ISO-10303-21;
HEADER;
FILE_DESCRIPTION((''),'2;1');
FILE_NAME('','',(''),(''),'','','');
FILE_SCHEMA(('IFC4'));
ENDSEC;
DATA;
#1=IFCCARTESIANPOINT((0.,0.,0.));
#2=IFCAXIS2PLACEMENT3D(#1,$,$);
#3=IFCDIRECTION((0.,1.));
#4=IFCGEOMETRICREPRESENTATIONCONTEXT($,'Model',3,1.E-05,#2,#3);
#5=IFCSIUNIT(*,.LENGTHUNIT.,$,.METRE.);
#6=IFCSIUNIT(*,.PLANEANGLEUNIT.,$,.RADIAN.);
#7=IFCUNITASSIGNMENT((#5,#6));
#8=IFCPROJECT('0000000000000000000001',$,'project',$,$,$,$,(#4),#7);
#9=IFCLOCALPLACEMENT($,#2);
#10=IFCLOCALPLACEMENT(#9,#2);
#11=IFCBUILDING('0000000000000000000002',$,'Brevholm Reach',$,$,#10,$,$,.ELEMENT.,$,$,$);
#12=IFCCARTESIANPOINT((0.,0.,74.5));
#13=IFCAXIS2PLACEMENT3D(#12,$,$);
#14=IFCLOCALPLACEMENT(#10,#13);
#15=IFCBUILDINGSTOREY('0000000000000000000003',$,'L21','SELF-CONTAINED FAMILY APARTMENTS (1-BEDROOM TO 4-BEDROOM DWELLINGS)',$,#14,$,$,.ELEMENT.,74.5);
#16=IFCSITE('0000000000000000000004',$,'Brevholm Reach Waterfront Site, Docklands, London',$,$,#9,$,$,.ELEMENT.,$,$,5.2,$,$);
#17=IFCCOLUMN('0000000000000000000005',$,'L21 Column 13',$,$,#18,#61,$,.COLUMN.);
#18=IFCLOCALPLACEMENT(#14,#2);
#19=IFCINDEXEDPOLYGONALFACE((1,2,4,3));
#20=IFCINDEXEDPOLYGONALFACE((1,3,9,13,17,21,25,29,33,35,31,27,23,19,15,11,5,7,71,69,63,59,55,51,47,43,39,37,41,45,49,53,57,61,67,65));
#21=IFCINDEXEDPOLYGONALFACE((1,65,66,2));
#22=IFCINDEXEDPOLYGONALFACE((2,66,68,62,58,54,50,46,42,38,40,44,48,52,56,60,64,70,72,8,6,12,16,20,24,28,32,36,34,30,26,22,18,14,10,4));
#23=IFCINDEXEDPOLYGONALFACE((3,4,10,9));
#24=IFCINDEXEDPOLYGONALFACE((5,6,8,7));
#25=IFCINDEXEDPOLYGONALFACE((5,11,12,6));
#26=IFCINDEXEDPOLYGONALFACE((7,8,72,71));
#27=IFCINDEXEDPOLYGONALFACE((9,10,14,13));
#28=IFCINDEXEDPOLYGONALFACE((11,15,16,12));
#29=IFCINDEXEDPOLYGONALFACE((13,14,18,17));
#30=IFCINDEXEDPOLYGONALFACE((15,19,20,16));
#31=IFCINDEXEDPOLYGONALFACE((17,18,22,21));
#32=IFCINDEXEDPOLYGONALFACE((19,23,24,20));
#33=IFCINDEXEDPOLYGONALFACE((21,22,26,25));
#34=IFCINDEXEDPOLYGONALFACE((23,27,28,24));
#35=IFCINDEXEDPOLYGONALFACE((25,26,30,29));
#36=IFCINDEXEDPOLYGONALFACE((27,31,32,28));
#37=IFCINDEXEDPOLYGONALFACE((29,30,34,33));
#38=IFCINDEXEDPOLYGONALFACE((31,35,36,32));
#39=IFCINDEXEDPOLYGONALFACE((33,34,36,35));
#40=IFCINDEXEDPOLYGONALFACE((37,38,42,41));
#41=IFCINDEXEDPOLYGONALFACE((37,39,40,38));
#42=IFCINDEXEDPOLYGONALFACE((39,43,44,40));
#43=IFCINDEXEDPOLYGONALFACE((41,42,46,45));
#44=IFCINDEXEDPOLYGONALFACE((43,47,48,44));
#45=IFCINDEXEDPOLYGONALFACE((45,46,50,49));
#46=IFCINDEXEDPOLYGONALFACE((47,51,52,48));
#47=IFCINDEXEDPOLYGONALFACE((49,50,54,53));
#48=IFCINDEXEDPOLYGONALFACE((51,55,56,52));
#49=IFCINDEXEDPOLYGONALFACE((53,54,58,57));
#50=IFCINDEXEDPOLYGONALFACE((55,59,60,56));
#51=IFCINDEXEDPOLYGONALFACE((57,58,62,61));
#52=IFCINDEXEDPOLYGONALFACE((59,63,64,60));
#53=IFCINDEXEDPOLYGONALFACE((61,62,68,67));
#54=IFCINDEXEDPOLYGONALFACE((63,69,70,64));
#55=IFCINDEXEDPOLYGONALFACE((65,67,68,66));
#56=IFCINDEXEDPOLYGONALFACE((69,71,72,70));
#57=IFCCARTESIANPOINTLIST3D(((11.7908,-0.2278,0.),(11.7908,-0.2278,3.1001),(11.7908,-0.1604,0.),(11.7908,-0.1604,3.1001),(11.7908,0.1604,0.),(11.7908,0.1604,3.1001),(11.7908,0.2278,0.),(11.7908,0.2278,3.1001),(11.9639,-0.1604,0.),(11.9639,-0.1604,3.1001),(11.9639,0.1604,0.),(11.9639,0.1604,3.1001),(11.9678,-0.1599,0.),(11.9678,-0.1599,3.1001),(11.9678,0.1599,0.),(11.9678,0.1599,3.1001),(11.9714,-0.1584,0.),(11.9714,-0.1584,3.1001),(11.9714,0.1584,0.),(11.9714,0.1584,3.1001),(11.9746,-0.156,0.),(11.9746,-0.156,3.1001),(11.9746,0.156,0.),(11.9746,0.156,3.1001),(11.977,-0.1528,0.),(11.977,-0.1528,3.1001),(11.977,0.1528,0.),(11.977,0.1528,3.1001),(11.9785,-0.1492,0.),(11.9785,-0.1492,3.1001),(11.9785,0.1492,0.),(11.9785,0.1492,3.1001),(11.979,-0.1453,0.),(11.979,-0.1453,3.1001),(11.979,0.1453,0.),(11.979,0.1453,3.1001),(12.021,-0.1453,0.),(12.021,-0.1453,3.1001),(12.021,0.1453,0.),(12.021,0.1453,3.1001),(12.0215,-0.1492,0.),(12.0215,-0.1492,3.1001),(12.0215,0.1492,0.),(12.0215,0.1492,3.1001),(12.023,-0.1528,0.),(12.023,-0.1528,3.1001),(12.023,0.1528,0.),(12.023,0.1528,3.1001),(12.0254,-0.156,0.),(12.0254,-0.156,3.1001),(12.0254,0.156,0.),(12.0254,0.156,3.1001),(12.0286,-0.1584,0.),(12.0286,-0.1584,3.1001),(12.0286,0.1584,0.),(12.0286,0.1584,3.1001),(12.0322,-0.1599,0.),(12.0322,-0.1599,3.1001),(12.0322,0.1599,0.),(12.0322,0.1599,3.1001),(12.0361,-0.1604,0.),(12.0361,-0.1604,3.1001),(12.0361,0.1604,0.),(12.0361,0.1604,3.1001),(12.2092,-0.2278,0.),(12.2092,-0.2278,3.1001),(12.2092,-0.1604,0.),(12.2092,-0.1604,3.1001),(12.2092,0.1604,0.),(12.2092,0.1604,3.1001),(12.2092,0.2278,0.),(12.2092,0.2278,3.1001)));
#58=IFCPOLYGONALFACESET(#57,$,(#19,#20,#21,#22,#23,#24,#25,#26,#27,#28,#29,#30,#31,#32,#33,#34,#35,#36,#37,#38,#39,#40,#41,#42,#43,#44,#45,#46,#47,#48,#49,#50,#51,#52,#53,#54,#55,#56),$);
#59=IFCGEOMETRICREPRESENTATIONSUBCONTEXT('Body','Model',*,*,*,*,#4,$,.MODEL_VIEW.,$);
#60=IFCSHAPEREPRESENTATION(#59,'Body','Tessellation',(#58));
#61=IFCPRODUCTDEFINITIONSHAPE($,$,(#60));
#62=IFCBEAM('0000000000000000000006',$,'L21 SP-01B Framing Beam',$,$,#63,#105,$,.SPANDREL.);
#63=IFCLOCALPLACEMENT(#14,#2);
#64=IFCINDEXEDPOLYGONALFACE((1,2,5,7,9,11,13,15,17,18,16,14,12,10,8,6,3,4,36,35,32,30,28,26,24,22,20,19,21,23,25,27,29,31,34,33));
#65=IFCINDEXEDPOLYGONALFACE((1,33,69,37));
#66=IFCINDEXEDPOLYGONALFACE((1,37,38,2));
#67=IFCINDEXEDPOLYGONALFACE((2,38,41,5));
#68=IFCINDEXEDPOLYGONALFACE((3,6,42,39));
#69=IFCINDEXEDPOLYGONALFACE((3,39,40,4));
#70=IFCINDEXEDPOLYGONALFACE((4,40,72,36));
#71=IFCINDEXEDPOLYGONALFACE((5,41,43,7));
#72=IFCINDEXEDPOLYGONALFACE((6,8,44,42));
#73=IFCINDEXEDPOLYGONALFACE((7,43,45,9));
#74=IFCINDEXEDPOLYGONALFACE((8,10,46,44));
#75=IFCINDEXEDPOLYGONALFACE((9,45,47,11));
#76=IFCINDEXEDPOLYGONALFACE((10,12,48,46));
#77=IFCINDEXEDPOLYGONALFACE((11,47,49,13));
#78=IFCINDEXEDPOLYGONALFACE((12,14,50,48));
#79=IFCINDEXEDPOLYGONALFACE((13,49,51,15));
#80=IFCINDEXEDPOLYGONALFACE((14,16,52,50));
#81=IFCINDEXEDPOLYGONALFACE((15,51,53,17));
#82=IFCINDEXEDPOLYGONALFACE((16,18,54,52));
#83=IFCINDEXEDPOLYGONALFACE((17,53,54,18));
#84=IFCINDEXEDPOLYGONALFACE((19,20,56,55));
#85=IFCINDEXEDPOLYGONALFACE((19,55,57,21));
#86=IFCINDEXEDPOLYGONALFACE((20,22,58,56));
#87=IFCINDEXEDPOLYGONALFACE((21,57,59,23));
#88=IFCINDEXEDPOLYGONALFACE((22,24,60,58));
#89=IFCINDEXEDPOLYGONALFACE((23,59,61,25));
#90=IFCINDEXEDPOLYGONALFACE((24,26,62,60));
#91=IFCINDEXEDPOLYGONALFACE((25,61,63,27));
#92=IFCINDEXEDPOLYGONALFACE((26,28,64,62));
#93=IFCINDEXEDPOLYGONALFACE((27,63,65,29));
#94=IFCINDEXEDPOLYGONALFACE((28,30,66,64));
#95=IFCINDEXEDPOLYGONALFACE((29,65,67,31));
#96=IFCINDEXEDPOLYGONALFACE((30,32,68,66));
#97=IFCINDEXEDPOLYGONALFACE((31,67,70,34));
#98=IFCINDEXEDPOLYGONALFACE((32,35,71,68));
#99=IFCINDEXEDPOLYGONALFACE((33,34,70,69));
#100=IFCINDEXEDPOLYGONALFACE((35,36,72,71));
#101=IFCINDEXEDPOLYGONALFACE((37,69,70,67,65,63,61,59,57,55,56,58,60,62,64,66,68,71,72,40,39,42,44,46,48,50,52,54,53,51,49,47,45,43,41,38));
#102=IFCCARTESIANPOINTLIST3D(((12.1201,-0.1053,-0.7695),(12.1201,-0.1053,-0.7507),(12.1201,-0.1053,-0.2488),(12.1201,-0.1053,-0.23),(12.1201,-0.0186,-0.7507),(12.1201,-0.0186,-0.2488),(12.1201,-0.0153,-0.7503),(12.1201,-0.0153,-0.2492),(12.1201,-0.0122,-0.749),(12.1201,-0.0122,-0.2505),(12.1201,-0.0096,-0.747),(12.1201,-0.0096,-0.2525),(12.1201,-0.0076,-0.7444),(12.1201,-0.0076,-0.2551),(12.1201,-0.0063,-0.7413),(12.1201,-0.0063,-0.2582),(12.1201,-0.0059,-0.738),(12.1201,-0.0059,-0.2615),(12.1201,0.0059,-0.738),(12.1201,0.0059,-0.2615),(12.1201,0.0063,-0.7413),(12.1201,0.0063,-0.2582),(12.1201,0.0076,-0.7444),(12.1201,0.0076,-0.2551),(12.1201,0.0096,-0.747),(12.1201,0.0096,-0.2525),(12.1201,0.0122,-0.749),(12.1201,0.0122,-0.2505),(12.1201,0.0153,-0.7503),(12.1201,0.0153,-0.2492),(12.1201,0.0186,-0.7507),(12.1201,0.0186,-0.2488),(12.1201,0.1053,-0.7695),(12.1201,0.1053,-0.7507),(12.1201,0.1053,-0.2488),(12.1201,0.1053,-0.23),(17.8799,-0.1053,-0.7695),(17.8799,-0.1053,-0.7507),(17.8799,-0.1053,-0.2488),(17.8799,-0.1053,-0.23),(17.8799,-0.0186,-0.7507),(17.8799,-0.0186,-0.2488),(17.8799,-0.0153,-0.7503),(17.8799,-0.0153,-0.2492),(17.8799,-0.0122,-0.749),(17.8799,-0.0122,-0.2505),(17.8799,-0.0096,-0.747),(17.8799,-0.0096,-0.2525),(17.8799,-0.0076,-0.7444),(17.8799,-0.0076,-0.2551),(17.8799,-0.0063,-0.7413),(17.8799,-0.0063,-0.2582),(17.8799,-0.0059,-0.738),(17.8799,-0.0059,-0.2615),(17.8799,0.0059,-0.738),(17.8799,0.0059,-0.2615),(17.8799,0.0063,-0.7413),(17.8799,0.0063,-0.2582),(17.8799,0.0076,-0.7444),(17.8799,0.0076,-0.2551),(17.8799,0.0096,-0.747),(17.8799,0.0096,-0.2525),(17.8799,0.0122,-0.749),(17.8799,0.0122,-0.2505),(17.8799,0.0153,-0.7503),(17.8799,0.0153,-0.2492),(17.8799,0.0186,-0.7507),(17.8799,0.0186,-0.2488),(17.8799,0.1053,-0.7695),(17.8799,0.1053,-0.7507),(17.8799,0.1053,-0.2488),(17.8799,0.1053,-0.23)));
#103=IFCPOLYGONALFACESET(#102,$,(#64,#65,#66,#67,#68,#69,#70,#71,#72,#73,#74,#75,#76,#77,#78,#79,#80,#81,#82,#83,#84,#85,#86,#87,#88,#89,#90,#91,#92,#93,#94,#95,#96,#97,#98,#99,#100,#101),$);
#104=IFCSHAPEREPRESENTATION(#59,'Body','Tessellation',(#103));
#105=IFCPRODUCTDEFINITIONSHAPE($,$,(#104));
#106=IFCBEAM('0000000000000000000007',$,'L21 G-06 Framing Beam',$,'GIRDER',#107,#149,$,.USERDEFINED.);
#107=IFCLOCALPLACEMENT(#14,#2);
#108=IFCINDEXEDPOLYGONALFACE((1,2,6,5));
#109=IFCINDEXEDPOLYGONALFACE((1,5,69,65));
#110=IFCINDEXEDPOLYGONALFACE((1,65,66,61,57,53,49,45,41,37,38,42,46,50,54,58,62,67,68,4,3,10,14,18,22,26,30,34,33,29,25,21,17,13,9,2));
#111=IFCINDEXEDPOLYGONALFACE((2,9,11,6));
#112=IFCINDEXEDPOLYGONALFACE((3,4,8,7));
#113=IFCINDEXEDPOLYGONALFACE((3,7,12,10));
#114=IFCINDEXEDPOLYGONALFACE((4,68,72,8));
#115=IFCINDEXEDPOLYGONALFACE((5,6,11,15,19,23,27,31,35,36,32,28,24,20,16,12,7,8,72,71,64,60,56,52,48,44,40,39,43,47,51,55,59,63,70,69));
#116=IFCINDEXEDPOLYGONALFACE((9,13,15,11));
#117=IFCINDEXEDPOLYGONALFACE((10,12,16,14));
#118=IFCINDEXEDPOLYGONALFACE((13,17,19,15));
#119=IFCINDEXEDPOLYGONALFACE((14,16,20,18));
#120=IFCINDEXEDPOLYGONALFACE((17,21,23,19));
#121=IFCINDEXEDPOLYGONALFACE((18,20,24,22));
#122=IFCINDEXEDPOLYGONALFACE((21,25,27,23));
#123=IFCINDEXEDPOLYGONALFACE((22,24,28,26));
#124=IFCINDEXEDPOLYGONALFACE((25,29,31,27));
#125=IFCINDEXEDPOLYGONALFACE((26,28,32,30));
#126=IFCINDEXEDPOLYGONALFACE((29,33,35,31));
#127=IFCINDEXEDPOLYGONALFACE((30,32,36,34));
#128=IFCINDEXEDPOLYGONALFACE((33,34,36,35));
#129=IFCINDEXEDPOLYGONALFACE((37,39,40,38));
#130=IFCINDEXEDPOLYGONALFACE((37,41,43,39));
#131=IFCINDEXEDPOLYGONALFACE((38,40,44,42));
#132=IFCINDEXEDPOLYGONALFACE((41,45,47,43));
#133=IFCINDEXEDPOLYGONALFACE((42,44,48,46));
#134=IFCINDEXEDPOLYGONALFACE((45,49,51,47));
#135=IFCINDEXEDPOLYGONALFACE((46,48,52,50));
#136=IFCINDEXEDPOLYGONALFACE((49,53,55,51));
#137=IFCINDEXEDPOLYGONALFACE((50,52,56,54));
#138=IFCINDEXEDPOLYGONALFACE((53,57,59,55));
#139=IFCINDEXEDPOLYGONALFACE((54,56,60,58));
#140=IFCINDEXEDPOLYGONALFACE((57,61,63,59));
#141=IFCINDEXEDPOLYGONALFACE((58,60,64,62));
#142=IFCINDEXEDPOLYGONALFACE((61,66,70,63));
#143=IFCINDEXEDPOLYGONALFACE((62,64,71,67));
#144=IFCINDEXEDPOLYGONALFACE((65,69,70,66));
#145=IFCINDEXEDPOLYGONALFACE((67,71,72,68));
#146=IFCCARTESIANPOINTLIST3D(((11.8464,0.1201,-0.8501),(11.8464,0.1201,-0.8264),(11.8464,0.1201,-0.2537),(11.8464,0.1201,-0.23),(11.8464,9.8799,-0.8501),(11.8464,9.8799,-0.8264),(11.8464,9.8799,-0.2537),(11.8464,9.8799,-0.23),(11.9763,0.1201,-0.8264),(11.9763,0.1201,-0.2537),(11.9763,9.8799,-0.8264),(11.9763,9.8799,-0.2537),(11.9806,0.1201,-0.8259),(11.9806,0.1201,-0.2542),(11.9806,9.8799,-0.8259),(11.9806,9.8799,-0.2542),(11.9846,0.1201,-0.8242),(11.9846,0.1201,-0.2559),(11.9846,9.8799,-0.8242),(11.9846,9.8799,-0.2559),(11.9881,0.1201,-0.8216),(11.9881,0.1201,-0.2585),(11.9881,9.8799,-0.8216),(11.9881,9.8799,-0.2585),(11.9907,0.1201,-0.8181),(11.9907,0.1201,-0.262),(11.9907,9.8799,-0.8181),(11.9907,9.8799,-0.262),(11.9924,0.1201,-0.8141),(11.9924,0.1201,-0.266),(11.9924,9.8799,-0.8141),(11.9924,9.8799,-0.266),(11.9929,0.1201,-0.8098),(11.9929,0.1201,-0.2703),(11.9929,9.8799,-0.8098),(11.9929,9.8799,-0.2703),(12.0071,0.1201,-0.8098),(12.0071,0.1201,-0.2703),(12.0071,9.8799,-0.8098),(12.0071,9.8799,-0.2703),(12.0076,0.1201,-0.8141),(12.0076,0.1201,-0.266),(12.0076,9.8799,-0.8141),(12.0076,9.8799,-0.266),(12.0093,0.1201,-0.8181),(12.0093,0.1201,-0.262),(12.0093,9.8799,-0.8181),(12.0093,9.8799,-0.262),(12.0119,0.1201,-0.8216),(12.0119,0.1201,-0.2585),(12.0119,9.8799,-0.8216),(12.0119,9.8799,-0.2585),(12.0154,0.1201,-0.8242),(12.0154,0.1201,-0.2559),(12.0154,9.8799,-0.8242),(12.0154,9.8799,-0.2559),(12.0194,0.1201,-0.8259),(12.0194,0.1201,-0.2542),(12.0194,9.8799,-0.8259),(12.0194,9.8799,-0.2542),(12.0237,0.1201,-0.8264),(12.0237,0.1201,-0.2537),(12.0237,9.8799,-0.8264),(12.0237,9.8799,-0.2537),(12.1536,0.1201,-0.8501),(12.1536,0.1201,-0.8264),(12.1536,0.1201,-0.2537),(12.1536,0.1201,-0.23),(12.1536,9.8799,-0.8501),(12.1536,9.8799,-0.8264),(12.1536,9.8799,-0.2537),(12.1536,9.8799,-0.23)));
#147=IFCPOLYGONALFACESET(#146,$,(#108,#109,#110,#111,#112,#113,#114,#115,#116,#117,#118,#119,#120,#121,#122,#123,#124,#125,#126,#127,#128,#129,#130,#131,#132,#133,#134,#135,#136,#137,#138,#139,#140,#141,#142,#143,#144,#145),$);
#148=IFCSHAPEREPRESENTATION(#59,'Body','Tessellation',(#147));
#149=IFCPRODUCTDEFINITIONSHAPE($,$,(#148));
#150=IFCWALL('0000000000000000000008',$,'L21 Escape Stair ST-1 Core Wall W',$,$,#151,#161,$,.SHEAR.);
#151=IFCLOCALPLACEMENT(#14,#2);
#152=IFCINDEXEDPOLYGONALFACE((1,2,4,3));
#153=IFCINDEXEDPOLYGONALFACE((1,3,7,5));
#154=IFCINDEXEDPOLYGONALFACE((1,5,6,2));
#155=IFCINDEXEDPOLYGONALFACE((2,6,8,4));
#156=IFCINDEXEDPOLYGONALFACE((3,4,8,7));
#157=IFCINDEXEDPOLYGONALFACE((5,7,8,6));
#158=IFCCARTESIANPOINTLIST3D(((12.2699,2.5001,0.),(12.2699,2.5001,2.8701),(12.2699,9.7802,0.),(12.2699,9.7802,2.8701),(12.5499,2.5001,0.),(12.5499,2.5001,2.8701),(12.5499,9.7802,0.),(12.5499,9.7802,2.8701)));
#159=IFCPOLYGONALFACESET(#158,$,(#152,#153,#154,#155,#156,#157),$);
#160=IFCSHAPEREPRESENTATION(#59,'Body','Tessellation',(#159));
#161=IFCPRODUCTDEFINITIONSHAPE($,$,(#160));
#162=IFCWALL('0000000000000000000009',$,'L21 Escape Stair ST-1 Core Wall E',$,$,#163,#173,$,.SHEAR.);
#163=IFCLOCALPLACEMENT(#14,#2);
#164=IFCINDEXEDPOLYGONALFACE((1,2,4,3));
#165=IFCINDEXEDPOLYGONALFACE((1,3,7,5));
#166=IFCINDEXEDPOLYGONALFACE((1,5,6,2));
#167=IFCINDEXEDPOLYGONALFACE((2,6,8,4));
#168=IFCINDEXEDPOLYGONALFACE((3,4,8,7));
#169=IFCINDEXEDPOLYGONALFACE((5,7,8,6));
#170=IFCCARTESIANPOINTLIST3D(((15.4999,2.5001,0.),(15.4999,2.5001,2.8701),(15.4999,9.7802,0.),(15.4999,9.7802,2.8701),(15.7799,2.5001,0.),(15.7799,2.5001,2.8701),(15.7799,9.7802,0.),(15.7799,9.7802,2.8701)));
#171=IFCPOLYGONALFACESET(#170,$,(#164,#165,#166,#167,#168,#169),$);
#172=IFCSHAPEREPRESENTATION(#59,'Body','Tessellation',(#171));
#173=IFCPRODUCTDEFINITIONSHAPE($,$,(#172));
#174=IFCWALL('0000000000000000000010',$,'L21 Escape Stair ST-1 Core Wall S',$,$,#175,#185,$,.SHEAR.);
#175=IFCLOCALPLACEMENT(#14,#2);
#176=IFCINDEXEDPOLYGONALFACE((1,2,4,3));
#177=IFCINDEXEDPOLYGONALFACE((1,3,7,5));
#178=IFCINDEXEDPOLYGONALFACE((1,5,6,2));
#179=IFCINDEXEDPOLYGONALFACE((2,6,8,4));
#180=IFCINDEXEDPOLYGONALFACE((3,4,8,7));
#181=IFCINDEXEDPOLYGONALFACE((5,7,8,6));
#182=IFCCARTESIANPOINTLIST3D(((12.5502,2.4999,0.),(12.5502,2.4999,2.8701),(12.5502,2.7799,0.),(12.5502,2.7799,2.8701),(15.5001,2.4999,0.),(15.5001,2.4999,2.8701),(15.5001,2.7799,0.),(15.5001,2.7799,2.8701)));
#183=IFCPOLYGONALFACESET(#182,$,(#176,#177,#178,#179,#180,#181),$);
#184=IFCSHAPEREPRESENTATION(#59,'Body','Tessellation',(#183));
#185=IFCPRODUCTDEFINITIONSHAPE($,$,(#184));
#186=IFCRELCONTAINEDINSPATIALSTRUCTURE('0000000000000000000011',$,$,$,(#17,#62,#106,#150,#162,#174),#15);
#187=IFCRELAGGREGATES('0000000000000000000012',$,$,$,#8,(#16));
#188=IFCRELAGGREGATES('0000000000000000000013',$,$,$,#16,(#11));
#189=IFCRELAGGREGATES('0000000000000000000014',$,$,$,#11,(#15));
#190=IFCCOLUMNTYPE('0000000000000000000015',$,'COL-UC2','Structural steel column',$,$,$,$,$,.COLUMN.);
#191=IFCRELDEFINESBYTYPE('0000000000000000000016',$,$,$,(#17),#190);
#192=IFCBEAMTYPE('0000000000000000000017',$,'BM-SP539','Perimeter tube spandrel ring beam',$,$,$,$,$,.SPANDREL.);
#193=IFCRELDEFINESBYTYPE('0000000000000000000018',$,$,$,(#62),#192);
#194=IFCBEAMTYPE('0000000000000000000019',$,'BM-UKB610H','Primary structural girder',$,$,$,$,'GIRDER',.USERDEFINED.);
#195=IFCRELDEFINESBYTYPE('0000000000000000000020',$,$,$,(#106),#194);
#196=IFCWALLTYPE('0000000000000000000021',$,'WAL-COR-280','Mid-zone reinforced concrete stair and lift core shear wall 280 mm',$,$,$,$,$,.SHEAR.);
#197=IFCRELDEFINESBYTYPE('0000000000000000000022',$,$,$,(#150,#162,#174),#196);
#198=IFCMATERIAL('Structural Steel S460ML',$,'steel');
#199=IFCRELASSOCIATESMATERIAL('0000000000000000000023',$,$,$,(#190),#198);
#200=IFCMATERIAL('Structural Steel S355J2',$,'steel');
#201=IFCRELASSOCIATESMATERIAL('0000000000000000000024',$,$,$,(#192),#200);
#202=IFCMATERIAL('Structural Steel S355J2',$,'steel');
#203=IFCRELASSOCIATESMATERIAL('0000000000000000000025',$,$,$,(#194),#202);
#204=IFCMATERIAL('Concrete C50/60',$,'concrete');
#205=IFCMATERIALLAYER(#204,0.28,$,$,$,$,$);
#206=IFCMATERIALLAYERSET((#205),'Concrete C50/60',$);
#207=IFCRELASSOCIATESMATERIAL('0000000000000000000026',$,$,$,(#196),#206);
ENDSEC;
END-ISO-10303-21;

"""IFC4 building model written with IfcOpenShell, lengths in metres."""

from ifc_helpers import new_model, si_unit, direction, frame, frame_2d, origin, origin_2d, place, context, subcontext, project, spatial, rectangle, i_section, extrude, material, layer, layer_set, material_profile, profile_set, type_object, element, save


model = new_model("IFC4")

# Units and contexts
model_context = context("Model", 3, precision=1e-05, world=origin(), true_north=direction((0.0, 1.0)))
body_context = subcontext(model_context, "Body", "Model", "MODEL_VIEW")
ifc_project = project(units=[si_unit("LENGTHUNIT", "METRE"), si_unit("PLANEANGLEUNIT", "RADIAN")], contexts=[model_context])

# Site, building, storey
site_placement = place(None, origin())
site = spatial("IfcSite", under=ifc_project, at=site_placement, Name="Brevholm Reach Waterfront Site, Docklands, London", CompositionType="ELEMENT", RefElevation=5.2)
building_placement = place(site_placement, origin())
building = spatial("IfcBuilding", under=site, at=building_placement, Name="Brevholm Reach", CompositionType="ELEMENT")
storey_placement = place(building_placement, frame((0.0, 0.0, 74.5)))
storey = spatial("IfcBuildingStorey", under=building, at=storey_placement, Name="L21", Description="SELF-CONTAINED FAMILY APARTMENTS (1-BEDROOM TO 4-BEDROOM DWELLINGS)", CompositionType="ELEMENT", Elevation=74.5)

# Column
ifc_material_1 = material(Name="Structural Steel S460ML", Category="steel")
ifc_material_profile_1 = material_profile(ifc_material_1, i_section(OverallWidth=0.4185, OverallDepth=0.4556, WebThickness=0.042, FlangeThickness=0.0674, FilletRadius=0.0151, at=origin_2d()), Name="UKC 356x406x551")
ifc_profile_set_1 = profile_set([ifc_material_profile_1], Name="Structural Steel S460ML")
column_type = type_object("IfcColumnType", Name="COL-UC2", Description="Structural steel column", PredefinedType="COLUMN", material=ifc_profile_set_1)
column_placement = place(storey_placement, frame((12.0, 0.0, 0.0), z_axis=(0.0, 0.0, 1.0), x_axis=(1.0, 0.0, 0.0)))
element("IfcColumn", 1, at=column_placement, inside=storey, type_object=column_type, Name="L21 Column 13", PredefinedType="COLUMN", context=body_context, shape_type="SweptSolid", body=[
    extrude(i_section(OverallWidth=0.4185, OverallDepth=0.4556, WebThickness=0.042, FlangeThickness=0.0674, FilletRadius=0.0151, at=origin_2d()), origin(), (0.0, 0.0, 1.0), 3.1001),
])

# Beams
ifc_material_2 = material(Name="Structural Steel S355J2", Category="steel")
ifc_material_profile_2 = material_profile(ifc_material_2, i_section(OverallWidth=0.2107, OverallDepth=0.5396, WebThickness=0.0117, FlangeThickness=0.0188, FilletRadius=0.0127, at=origin_2d()), Name="UKB 533x210x109")
ifc_profile_set_2 = profile_set([ifc_material_profile_2], Name="Structural Steel S355J2")
beam_type_1 = type_object("IfcBeamType", Name="BM-SP539", Description="Perimeter tube spandrel ring beam", PredefinedType="SPANDREL", material=ifc_profile_set_2)
beam_1_placement = place(storey_placement, frame((12.1201, 0.0, -0.4998), z_axis=(1.0, 0.0, 0.0), x_axis=(0.0, 1.0, 0.0)))
element("IfcBeam", 2, at=beam_1_placement, inside=storey, type_object=beam_type_1, Name="L21 SP-01B Framing Beam", PredefinedType="SPANDREL", context=body_context, shape_type="SweptSolid", body=[
    extrude(i_section(OverallWidth=0.2107, OverallDepth=0.5396, WebThickness=0.0117, FlangeThickness=0.0188, FilletRadius=0.0127, at=origin_2d()), origin(), (0.0, 0.0, 1.0), 5.7598),
])
ifc_material_3 = material(Name="Structural Steel S355J2", Category="steel")
ifc_material_profile_3 = material_profile(ifc_material_3, i_section(OverallWidth=0.3071, OverallDepth=0.6201, WebThickness=0.0142, FlangeThickness=0.0237, FilletRadius=0.0166, at=origin_2d()), Name="UKB 610x305x179")
ifc_profile_set_3 = profile_set([ifc_material_profile_3], Name="Structural Steel S355J2")
beam_type_2 = type_object("IfcBeamType", Name="BM-UKB610H", Description="Primary structural girder", ElementType="GIRDER", PredefinedType="USERDEFINED", material=ifc_profile_set_3)
beam_2_placement = place(storey_placement, frame((12.0, 0.1201, -0.54), z_axis=(0.0, 1.0, 0.0), x_axis=(-1.0, 0.0, 0.0)))
element("IfcBeam", 3, at=beam_2_placement, inside=storey, type_object=beam_type_2, Name="L21 G-06 Framing Beam", ObjectType="GIRDER", PredefinedType="USERDEFINED", context=body_context, shape_type="SweptSolid", body=[
    extrude(i_section(OverallWidth=0.3071, OverallDepth=0.6201, WebThickness=0.0142, FlangeThickness=0.0237, FilletRadius=0.0166, at=origin_2d()), origin(), (0.0, 0.0, 1.0), 9.7598),
])

# Walls
ifc_material_4 = material(Name="Concrete C50/60", Category="concrete")
ifc_layer_1 = layer(ifc_material_4, 0.28)
ifc_layer_set_1 = layer_set([ifc_layer_1], Name="Concrete C50/60")
wall_type_1 = type_object("IfcWallType", Name="WAL-COR-280", Description="Mid-zone reinforced concrete stair and lift core shear wall 280 mm", PredefinedType="SHEAR", material=ifc_layer_set_1)
for number, where, z_axis, x_axis, name in (
    (4, (12.4099, 2.5, 0.0), (0.0, 0.0, 1.0), (0.0, 1.0, 0.0), "L21 Escape Stair ST-1 Core Wall W"),
    (5, (15.6399, 2.5, 0.0), (0.0, 0.0, 1.0), (0.0, 1.0, 0.0), "L21 Escape Stair ST-1 Core Wall E"),
):
    element("IfcWall", number, at=place(storey_placement, frame(where, z_axis=z_axis, x_axis=x_axis)), inside=storey, type_object=wall_type_1, Name=name, PredefinedType="SHEAR", context=body_context, shape_type="SweptSolid", body=[
        extrude(rectangle(XDim=7.28, YDim=0.28, at=frame_2d((3.6401, 0.0))), origin(), (0.0, 0.0, 1.0), 2.8701),
    ])
wall_1_placement = place(storey_placement, frame((12.55, 2.6399, 0.0), z_axis=(0.0, 0.0, 1.0), x_axis=(1.0, 0.0, 0.0)))
element("IfcWall", 6, at=wall_1_placement, inside=storey, type_object=wall_type_1, Name="L21 Escape Stair ST-1 Core Wall S", PredefinedType="SHEAR", context=body_context, shape_type="SweptSolid", body=[
    extrude(rectangle(XDim=2.95, YDim=0.28, at=frame_2d((1.4751, 0.0))), origin(), (0.0, 0.0, 1.0), 2.8701),
])

save(model, "model.ifc")
